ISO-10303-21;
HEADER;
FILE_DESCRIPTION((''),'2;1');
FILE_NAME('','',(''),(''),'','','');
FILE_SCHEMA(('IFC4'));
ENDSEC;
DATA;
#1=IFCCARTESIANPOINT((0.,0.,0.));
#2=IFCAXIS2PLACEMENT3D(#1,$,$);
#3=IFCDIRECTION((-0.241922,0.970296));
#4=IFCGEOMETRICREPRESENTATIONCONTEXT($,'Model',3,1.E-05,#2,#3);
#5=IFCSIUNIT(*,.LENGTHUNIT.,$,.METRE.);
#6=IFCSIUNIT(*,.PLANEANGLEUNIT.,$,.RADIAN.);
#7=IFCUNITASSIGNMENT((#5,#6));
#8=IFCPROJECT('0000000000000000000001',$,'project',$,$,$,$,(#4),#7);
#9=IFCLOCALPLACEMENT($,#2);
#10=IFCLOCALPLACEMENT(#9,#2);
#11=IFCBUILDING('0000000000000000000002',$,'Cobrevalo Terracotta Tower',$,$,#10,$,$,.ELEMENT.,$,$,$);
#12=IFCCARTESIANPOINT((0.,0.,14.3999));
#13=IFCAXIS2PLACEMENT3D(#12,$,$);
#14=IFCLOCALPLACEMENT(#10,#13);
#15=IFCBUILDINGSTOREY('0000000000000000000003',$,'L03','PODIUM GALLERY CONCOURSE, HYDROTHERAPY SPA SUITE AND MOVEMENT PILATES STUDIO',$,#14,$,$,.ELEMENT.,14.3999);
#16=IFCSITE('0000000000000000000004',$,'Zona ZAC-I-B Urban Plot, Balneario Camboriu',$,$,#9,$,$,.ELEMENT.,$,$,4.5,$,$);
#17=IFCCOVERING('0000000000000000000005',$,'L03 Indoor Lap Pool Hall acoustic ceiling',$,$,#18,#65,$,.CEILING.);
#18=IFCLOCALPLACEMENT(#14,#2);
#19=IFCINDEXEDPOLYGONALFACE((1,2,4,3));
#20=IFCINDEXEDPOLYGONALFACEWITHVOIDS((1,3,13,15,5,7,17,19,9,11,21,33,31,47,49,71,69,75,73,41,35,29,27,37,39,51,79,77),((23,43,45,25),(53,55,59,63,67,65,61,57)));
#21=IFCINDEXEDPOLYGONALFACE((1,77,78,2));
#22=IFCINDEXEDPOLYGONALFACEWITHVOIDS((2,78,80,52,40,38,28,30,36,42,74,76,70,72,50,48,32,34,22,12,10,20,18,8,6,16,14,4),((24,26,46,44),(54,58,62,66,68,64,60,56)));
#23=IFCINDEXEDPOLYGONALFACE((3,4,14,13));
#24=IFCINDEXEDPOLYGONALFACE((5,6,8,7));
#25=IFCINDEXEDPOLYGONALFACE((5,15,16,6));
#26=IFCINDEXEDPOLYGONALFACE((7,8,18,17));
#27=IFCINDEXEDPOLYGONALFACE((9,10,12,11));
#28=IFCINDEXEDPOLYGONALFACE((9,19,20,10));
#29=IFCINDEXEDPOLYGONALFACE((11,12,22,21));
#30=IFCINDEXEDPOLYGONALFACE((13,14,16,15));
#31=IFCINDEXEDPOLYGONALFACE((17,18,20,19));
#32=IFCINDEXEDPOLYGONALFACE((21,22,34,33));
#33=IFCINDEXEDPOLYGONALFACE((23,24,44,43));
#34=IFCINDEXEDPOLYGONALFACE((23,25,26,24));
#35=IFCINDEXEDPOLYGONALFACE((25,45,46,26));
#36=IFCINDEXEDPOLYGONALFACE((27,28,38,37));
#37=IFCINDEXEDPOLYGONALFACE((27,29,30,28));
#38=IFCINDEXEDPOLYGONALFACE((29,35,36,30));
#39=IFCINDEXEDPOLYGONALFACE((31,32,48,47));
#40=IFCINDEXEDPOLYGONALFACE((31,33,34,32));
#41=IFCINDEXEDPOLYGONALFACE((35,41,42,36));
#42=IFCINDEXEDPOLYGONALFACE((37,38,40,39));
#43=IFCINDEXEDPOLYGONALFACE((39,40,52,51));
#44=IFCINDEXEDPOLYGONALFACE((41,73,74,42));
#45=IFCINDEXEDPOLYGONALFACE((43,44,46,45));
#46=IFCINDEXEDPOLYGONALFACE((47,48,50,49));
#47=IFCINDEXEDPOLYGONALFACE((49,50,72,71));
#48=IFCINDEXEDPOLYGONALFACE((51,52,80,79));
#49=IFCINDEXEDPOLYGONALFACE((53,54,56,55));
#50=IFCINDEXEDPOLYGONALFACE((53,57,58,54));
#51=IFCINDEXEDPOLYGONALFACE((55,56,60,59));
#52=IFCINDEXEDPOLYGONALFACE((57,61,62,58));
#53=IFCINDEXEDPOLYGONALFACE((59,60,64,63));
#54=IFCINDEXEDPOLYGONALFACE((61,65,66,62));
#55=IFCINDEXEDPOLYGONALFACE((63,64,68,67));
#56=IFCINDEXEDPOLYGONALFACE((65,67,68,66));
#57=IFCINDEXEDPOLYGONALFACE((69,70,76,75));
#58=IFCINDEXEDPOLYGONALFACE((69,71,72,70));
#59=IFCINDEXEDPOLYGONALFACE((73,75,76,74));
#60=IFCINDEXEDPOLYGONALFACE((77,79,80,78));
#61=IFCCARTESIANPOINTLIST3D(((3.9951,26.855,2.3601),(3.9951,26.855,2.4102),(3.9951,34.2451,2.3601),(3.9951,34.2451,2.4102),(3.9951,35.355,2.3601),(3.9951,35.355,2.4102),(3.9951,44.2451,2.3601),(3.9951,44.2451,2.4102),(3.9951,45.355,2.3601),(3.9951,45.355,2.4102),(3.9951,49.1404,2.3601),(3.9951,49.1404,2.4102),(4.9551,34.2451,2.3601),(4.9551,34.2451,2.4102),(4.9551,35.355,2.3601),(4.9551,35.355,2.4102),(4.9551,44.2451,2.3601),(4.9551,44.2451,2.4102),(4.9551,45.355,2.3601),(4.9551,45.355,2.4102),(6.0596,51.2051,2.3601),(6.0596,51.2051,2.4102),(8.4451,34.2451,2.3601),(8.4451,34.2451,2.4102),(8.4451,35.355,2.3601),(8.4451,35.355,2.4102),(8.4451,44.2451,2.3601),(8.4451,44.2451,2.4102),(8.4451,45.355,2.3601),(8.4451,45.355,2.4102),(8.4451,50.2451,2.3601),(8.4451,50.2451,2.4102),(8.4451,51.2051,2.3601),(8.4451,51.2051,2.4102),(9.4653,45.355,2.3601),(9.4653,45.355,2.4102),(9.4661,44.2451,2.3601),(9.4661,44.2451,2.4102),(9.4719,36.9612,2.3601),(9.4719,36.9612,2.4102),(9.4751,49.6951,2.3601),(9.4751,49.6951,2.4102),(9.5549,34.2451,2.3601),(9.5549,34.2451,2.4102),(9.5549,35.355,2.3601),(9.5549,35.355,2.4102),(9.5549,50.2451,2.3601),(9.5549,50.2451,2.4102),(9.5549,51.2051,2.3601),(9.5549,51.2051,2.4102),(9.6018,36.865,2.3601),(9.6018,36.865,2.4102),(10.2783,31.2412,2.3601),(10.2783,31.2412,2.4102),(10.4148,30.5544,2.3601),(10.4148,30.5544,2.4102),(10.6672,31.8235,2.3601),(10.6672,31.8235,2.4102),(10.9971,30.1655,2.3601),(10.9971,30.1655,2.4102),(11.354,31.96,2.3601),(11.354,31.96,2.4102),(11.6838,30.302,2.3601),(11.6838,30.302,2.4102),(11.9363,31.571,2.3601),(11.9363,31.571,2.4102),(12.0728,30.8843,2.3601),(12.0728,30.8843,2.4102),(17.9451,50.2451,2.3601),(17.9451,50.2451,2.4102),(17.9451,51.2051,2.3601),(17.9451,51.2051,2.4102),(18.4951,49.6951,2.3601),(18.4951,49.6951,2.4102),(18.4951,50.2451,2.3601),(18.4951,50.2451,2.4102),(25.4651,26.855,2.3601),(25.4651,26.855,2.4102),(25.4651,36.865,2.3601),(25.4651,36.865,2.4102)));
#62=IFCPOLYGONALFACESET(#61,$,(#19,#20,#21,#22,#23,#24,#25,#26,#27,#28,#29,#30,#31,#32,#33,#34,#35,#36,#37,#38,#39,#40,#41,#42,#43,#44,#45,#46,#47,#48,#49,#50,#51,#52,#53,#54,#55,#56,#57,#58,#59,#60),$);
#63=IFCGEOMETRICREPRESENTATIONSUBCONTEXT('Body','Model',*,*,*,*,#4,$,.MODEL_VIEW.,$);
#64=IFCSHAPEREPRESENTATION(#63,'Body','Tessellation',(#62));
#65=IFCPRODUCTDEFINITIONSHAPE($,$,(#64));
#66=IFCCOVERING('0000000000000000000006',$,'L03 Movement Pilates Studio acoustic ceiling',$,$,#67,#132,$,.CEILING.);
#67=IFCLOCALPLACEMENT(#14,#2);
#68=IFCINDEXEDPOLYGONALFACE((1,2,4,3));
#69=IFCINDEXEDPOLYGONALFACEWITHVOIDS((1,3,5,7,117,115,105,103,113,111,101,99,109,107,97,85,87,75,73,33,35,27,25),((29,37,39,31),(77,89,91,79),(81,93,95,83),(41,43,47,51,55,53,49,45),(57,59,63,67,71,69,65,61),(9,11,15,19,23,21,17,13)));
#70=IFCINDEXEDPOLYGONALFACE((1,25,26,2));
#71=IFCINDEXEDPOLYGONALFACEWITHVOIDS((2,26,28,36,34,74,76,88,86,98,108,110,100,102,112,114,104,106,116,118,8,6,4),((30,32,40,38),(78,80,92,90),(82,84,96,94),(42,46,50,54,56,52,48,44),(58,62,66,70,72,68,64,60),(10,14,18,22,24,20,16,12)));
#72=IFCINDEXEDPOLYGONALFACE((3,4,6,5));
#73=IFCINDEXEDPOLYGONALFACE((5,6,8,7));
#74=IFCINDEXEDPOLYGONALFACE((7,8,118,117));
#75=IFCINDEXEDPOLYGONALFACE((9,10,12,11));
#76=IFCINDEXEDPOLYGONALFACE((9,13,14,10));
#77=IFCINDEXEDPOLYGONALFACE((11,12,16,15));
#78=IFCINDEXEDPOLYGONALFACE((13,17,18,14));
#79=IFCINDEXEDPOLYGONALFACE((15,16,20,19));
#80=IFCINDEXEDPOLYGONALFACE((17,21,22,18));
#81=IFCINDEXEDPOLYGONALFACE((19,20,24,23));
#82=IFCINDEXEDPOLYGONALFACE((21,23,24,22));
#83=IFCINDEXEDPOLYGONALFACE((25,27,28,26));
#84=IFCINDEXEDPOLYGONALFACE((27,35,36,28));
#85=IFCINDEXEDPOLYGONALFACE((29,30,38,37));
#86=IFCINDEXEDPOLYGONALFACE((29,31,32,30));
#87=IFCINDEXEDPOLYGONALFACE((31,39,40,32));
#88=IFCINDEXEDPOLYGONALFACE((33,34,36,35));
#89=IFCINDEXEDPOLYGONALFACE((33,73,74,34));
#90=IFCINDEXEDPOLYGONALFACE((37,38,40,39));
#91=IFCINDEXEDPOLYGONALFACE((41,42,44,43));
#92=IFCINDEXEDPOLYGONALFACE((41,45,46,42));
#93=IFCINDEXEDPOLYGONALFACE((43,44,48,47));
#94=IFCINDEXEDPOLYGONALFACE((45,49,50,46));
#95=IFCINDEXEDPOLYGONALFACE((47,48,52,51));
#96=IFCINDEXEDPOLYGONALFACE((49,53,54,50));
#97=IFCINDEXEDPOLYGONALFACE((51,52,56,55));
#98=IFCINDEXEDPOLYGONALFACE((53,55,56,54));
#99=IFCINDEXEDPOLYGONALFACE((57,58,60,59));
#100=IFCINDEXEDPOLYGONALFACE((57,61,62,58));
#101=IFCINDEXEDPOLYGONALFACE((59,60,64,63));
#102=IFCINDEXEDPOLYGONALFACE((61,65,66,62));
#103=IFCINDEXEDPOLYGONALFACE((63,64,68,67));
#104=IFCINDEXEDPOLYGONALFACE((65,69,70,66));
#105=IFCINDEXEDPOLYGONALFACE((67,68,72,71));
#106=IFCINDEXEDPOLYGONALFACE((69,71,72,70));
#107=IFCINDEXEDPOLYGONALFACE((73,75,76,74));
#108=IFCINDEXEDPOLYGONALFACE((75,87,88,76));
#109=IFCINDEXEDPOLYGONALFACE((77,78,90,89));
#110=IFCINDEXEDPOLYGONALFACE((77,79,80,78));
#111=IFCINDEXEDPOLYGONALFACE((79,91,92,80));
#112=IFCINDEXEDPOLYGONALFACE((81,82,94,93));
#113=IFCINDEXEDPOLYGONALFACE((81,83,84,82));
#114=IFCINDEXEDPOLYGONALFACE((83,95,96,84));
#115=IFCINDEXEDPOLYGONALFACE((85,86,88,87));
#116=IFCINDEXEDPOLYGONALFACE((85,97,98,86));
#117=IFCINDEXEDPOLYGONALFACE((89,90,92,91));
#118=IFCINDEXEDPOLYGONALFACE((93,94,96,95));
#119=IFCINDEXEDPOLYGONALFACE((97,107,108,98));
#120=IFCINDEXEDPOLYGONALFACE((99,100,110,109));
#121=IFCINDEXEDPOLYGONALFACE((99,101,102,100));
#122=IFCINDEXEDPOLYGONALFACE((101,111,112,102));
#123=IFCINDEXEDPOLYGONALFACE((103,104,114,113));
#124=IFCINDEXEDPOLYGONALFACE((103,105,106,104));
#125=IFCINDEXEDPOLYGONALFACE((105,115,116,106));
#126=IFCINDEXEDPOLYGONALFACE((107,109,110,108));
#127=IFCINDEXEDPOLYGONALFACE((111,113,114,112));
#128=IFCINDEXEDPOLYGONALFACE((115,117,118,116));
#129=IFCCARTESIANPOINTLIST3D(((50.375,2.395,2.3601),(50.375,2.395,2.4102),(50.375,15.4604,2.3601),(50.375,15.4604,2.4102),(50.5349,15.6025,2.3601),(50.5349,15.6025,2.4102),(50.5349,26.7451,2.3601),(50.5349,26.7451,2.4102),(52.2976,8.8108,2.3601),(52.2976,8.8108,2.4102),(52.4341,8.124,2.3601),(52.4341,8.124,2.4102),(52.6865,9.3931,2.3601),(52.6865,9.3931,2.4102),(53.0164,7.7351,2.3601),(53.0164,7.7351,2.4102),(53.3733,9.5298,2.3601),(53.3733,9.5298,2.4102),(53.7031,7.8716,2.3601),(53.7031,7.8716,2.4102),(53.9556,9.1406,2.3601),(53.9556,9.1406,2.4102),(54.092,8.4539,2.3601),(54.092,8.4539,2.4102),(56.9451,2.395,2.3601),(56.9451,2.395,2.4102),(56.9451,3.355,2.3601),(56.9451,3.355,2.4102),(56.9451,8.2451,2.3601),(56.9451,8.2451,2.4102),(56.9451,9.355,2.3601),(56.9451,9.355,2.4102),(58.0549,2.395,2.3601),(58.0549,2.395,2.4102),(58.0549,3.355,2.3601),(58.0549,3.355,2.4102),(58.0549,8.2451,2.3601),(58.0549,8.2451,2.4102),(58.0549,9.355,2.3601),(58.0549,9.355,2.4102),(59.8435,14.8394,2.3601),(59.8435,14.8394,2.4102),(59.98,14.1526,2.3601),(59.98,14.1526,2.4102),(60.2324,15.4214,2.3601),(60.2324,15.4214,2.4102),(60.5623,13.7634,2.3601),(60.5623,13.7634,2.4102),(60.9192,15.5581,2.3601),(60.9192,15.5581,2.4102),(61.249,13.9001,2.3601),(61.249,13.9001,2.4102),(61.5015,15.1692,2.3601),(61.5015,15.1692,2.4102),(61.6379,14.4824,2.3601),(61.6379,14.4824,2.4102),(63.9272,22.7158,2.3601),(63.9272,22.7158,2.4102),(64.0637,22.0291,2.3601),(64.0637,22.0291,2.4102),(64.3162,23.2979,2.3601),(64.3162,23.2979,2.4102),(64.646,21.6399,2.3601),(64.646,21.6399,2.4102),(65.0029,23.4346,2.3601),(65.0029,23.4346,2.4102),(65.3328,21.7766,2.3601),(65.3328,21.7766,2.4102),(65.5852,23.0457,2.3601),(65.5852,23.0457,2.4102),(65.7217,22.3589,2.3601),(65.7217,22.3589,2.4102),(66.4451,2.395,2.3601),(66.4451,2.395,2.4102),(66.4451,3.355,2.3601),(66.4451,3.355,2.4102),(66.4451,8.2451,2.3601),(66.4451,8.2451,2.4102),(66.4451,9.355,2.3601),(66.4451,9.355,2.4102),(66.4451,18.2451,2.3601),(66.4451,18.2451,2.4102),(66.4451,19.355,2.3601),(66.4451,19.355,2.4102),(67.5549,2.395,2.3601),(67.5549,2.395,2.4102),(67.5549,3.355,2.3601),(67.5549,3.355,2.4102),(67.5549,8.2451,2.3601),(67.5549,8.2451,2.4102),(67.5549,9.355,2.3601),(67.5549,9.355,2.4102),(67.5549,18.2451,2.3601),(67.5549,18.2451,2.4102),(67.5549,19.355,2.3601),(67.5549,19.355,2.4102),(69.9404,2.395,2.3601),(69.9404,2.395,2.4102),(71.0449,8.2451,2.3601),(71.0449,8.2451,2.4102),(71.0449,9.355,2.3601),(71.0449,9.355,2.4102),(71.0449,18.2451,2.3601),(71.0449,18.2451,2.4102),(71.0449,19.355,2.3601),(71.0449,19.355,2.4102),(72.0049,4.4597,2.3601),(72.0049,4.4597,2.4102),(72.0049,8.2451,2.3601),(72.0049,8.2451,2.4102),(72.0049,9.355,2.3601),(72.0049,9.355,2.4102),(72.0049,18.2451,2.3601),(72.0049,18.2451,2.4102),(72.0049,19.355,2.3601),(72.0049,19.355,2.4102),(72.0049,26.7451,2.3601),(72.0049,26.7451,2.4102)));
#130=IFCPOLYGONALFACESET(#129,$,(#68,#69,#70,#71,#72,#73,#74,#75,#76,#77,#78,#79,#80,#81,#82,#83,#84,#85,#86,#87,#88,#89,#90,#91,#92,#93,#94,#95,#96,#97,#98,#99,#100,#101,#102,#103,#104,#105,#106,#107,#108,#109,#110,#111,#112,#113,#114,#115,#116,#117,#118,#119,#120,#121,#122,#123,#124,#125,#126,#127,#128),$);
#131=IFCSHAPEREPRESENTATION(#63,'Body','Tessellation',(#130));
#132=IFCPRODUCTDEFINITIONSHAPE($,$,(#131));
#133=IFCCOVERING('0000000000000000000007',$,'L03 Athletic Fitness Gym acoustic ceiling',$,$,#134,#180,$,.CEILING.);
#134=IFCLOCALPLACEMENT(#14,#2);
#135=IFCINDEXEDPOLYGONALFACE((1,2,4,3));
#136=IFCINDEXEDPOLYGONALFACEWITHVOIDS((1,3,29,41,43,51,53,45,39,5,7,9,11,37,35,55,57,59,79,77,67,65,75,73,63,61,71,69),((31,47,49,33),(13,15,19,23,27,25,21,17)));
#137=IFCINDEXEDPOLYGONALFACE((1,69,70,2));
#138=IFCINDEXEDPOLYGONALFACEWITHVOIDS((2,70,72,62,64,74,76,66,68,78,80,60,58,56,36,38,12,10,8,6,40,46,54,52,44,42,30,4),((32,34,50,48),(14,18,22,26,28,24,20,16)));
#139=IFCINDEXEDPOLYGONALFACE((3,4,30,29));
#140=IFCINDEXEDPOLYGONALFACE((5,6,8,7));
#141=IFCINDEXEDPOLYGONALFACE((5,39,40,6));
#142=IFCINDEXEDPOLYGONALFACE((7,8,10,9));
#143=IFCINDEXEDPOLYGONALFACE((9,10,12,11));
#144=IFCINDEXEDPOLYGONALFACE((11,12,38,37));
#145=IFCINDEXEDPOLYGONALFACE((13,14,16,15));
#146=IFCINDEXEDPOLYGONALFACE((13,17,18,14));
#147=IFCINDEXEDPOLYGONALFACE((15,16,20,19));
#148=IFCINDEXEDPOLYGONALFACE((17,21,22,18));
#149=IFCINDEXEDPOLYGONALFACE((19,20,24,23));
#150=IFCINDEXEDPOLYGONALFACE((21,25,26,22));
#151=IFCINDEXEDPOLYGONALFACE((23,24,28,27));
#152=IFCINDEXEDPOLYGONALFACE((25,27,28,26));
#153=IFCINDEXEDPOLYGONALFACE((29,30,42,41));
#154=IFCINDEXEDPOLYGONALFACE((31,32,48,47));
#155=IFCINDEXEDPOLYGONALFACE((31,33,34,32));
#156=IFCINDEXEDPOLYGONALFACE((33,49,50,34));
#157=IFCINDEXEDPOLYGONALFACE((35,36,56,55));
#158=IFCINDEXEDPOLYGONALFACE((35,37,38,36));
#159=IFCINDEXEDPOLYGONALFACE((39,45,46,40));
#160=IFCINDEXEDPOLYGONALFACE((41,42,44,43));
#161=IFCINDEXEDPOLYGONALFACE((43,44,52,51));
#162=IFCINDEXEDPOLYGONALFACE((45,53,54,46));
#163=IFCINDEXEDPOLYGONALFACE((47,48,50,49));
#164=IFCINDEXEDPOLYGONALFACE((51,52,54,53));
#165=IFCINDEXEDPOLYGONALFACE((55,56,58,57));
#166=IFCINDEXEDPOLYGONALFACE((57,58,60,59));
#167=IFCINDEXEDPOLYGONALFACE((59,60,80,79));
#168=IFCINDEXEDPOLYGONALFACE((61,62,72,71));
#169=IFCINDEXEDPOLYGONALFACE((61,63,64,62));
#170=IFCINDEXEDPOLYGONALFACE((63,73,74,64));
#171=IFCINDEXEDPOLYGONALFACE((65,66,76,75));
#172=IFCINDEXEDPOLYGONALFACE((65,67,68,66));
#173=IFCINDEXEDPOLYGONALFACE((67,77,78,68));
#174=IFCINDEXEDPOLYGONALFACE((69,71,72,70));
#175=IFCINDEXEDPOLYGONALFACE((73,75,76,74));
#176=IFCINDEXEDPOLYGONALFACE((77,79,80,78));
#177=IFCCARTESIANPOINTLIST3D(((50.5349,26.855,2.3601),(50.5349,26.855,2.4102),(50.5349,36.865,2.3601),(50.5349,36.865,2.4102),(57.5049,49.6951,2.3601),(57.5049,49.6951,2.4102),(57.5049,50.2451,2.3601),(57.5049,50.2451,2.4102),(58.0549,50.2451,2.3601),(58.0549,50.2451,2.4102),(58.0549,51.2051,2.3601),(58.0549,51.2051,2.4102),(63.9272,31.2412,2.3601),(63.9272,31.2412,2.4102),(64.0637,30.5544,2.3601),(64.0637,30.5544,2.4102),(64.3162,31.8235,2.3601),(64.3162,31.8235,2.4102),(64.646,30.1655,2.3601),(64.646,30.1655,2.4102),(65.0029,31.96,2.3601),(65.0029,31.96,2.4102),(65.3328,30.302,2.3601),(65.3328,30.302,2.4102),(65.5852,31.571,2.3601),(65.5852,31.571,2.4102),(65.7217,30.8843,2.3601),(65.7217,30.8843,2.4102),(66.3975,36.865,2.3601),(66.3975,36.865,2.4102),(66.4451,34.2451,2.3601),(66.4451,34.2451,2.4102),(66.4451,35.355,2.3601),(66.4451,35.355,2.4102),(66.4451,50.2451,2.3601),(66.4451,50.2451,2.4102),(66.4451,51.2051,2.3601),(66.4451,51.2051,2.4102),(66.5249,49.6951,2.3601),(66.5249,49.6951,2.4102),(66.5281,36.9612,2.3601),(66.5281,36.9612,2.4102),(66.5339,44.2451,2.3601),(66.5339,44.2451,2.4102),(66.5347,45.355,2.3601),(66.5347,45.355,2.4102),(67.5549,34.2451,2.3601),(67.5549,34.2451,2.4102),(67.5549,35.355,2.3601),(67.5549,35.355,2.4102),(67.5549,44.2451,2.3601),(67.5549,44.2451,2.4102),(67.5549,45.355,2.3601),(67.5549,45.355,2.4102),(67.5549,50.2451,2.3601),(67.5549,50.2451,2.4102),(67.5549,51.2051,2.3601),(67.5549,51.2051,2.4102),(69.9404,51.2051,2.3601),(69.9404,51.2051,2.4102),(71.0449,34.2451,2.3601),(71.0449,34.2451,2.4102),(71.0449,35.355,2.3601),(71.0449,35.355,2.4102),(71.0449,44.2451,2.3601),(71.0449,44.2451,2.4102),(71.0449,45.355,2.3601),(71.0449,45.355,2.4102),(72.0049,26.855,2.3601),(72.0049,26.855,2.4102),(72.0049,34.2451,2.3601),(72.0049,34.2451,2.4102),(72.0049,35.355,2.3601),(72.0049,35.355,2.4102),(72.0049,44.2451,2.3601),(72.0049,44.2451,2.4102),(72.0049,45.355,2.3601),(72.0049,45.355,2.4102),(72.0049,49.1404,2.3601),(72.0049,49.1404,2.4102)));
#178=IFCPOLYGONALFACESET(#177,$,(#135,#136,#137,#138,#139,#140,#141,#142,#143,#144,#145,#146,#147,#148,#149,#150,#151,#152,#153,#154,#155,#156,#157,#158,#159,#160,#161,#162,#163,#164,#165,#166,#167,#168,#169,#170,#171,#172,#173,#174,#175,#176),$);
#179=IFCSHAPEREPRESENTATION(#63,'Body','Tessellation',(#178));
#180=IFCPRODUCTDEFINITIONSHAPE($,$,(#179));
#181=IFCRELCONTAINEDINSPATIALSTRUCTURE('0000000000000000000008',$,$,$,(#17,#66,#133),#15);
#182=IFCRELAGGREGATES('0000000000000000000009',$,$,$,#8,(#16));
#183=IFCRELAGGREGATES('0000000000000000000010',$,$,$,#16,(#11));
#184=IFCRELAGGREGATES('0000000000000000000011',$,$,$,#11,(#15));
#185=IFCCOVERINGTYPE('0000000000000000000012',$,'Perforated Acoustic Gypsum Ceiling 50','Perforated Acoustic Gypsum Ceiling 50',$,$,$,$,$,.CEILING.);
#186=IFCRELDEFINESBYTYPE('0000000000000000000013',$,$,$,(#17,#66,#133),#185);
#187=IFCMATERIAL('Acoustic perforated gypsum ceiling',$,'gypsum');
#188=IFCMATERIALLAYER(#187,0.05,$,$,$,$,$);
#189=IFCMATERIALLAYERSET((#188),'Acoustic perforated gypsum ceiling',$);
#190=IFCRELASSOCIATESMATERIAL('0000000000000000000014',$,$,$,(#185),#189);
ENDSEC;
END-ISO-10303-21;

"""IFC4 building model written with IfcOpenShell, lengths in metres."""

from ifc_helpers import new_model, si_unit, direction, frame, origin, place, context, subcontext, project, spatial, polyline, outline, extrude, material, layer, layer_set, type_object, element, save


model = new_model("IFC4")

# Units and contexts
model_context = context("Model", 3, precision=1e-05, world=origin(), true_north=direction((-0.241922, 0.970296)))
body_context = subcontext(model_context, "Body", "Model", "MODEL_VIEW")
ifc_project = project(units=[si_unit("LENGTHUNIT", "METRE"), si_unit("PLANEANGLEUNIT", "RADIAN")], contexts=[model_context])

# Site, building, storey
site_placement = place(None, origin())
site = spatial("IfcSite", under=ifc_project, at=site_placement, Name="Zona ZAC-I-B Urban Plot, Balneario Camboriu", CompositionType="ELEMENT", RefElevation=4.5)
building_placement = place(site_placement, origin())
building = spatial("IfcBuilding", under=site, at=building_placement, Name="Cobrevalo Terracotta Tower", CompositionType="ELEMENT")
storey_placement = place(building_placement, frame((0.0, 0.0, 14.3999)))
storey = spatial("IfcBuildingStorey", under=building, at=storey_placement, Name="L03", Description="PODIUM GALLERY CONCOURSE, HYDROTHERAPY SPA SUITE AND MOVEMENT PILATES STUDIO", CompositionType="ELEMENT", Elevation=14.3999)

# Coverings
ifc_material_1 = material(Name="Acoustic perforated gypsum ceiling", Category="gypsum")
ifc_layer_1 = layer(ifc_material_1, 0.05)
ifc_layer_set_1 = layer_set([ifc_layer_1], Name="Acoustic perforated gypsum ceiling")
covering_type_1 = type_object("IfcCoveringType", Name="Perforated Acoustic Gypsum Ceiling 50", Description="Perforated Acoustic Gypsum Ceiling 50", PredefinedType="CEILING", material=ifc_layer_set_1)
covering_1_placement = place(storey_placement, frame((0.0, 0.0, 2.3601)))
element("IfcCovering", 1, at=covering_1_placement, inside=storey, type_object=covering_type_1, Name="L03 Indoor Lap Pool Hall acoustic ceiling", PredefinedType="CEILING", context=body_context, shape_type="SweptSolid", body=[
    extrude(outline(polyline([(6.0596, 51.2051), (8.4451, 51.2051), (8.4451, 50.2451), (9.5549, 50.2451), (9.5549, 51.2051), (17.9451, 51.2051), (17.9451, 50.2451), (18.4951, 50.2451), (18.4951, 49.6951), (9.4751, 49.6951), (9.4653, 45.355), (8.4451, 45.355), (8.4451, 44.2451), (9.4661, 44.2451), (9.4719, 36.9612), (9.6018, 36.865), (25.4651, 36.865), (25.4651, 26.855), (3.9951, 26.855), (3.9951, 34.2451), (4.9551, 34.2451), (4.9551, 35.355), (3.9951, 35.355), (3.9951, 44.2451), (4.9551, 44.2451), (4.9551, 45.355), (3.9951, 45.355), (3.9951, 49.1404), (6.0596, 51.2051)]), holes=[polyline([(11.6838, 30.302), (12.0728, 30.8843), (11.9363, 31.571), (11.354, 31.96), (10.6672, 31.8235), (10.2783, 31.2412), (10.4148, 30.5544), (10.9971, 30.1655), (11.6838, 30.302)]), polyline([(8.4451, 35.355), (8.4451, 34.2451), (9.5549, 34.2451), (9.5549, 35.355), (8.4451, 35.355)])]), origin(), (0.0, 0.0, 1.0), 0.05),
])
covering_2_placement = place(storey_placement, frame((0.0, 0.0, 2.3601)))
element("IfcCovering", 2, at=covering_2_placement, inside=storey, type_object=covering_type_1, Name="L03 Movement Pilates Studio acoustic ceiling", PredefinedType="CEILING", context=body_context, shape_type="SweptSolid", body=[
    extrude(outline(polyline([(69.9404, 2.395), (67.5549, 2.395), (67.5549, 3.355), (66.4451, 3.355), (66.4451, 2.395), (58.0549, 2.395), (58.0549, 3.355), (56.9451, 3.355), (56.9451, 2.395), (50.375, 2.395), (50.375, 15.4604), (50.5349, 15.6025), (50.5349, 26.7451), (72.0049, 26.7451), (72.0049, 19.355), (71.0449, 19.355), (71.0449, 18.2451), (72.0049, 18.2451), (72.0049, 9.355), (71.0449, 9.355), (71.0449, 8.2451), (72.0049, 8.2451), (72.0049, 4.4597), (69.9404, 2.395)]), holes=[polyline([(66.4451, 9.355), (66.4451, 8.2451), (67.5549, 8.2451), (67.5549, 9.355), (66.4451, 9.355)]), polyline([(66.4451, 19.355), (66.4451, 18.2451), (67.5549, 18.2451), (67.5549, 19.355), (66.4451, 19.355)]), polyline([(65.3328, 21.7766), (65.7217, 22.3589), (65.5852, 23.0457), (65.0029, 23.4346), (64.3162, 23.2979), (63.9272, 22.7158), (64.0637, 22.0291), (64.646, 21.6399), (65.3328, 21.7766)]), polyline([(61.249, 13.9001), (61.6379, 14.4824), (61.5015, 15.1692), (60.9192, 15.5581), (60.2324, 15.4214), (59.8435, 14.8394), (59.98, 14.1526), (60.5623, 13.7634), (61.249, 13.9001)]), polyline([(56.9451, 9.355), (56.9451, 8.2451), (58.0549, 8.2451), (58.0549, 9.355), (56.9451, 9.355)]), polyline([(53.7031, 7.8716), (54.092, 8.4539), (53.9556, 9.1406), (53.3733, 9.5298), (52.6865, 9.3931), (52.2976, 8.8108), (52.4341, 8.124), (53.0164, 7.7351), (53.7031, 7.8716)])]), origin(), (0.0, 0.0, 1.0), 0.05),
])
covering_3_placement = place(storey_placement, frame((0.0, 0.0, 2.3601)))
element("IfcCovering", 3, at=covering_3_placement, inside=storey, type_object=covering_type_1, Name="L03 Athletic Fitness Gym acoustic ceiling", PredefinedType="CEILING", context=body_context, shape_type="SweptSolid", body=[
    extrude(outline(polyline([(50.5349, 26.855), (50.5349, 36.865), (66.3975, 36.865), (66.5281, 36.9612), (66.5339, 44.2451), (67.5549, 44.2451), (67.5549, 45.355), (66.5347, 45.355), (66.5249, 49.6951), (57.5049, 49.6951), (57.5049, 50.2451), (58.0549, 50.2451), (58.0549, 51.2051), (66.4451, 51.2051), (66.4451, 50.2451), (67.5549, 50.2451), (67.5549, 51.2051), (69.9404, 51.2051), (72.0049, 49.1404), (72.0049, 45.355), (71.0449, 45.355), (71.0449, 44.2451), (72.0049, 44.2451), (72.0049, 35.355), (71.0449, 35.355), (71.0449, 34.2451), (72.0049, 34.2451), (72.0049, 26.855), (50.5349, 26.855)]), holes=[polyline([(66.4451, 34.2451), (67.5549, 34.2451), (67.5549, 35.355), (66.4451, 35.355), (66.4451, 34.2451)]), polyline([(65.3328, 30.302), (65.7217, 30.8843), (65.5852, 31.571), (65.0029, 31.96), (64.3162, 31.8235), (63.9272, 31.2412), (64.0637, 30.5544), (64.646, 30.1655), (65.3328, 30.302)])]), origin(), (0.0, 0.0, 1.0), 0.05),
])

save(model, "model.ifc")
